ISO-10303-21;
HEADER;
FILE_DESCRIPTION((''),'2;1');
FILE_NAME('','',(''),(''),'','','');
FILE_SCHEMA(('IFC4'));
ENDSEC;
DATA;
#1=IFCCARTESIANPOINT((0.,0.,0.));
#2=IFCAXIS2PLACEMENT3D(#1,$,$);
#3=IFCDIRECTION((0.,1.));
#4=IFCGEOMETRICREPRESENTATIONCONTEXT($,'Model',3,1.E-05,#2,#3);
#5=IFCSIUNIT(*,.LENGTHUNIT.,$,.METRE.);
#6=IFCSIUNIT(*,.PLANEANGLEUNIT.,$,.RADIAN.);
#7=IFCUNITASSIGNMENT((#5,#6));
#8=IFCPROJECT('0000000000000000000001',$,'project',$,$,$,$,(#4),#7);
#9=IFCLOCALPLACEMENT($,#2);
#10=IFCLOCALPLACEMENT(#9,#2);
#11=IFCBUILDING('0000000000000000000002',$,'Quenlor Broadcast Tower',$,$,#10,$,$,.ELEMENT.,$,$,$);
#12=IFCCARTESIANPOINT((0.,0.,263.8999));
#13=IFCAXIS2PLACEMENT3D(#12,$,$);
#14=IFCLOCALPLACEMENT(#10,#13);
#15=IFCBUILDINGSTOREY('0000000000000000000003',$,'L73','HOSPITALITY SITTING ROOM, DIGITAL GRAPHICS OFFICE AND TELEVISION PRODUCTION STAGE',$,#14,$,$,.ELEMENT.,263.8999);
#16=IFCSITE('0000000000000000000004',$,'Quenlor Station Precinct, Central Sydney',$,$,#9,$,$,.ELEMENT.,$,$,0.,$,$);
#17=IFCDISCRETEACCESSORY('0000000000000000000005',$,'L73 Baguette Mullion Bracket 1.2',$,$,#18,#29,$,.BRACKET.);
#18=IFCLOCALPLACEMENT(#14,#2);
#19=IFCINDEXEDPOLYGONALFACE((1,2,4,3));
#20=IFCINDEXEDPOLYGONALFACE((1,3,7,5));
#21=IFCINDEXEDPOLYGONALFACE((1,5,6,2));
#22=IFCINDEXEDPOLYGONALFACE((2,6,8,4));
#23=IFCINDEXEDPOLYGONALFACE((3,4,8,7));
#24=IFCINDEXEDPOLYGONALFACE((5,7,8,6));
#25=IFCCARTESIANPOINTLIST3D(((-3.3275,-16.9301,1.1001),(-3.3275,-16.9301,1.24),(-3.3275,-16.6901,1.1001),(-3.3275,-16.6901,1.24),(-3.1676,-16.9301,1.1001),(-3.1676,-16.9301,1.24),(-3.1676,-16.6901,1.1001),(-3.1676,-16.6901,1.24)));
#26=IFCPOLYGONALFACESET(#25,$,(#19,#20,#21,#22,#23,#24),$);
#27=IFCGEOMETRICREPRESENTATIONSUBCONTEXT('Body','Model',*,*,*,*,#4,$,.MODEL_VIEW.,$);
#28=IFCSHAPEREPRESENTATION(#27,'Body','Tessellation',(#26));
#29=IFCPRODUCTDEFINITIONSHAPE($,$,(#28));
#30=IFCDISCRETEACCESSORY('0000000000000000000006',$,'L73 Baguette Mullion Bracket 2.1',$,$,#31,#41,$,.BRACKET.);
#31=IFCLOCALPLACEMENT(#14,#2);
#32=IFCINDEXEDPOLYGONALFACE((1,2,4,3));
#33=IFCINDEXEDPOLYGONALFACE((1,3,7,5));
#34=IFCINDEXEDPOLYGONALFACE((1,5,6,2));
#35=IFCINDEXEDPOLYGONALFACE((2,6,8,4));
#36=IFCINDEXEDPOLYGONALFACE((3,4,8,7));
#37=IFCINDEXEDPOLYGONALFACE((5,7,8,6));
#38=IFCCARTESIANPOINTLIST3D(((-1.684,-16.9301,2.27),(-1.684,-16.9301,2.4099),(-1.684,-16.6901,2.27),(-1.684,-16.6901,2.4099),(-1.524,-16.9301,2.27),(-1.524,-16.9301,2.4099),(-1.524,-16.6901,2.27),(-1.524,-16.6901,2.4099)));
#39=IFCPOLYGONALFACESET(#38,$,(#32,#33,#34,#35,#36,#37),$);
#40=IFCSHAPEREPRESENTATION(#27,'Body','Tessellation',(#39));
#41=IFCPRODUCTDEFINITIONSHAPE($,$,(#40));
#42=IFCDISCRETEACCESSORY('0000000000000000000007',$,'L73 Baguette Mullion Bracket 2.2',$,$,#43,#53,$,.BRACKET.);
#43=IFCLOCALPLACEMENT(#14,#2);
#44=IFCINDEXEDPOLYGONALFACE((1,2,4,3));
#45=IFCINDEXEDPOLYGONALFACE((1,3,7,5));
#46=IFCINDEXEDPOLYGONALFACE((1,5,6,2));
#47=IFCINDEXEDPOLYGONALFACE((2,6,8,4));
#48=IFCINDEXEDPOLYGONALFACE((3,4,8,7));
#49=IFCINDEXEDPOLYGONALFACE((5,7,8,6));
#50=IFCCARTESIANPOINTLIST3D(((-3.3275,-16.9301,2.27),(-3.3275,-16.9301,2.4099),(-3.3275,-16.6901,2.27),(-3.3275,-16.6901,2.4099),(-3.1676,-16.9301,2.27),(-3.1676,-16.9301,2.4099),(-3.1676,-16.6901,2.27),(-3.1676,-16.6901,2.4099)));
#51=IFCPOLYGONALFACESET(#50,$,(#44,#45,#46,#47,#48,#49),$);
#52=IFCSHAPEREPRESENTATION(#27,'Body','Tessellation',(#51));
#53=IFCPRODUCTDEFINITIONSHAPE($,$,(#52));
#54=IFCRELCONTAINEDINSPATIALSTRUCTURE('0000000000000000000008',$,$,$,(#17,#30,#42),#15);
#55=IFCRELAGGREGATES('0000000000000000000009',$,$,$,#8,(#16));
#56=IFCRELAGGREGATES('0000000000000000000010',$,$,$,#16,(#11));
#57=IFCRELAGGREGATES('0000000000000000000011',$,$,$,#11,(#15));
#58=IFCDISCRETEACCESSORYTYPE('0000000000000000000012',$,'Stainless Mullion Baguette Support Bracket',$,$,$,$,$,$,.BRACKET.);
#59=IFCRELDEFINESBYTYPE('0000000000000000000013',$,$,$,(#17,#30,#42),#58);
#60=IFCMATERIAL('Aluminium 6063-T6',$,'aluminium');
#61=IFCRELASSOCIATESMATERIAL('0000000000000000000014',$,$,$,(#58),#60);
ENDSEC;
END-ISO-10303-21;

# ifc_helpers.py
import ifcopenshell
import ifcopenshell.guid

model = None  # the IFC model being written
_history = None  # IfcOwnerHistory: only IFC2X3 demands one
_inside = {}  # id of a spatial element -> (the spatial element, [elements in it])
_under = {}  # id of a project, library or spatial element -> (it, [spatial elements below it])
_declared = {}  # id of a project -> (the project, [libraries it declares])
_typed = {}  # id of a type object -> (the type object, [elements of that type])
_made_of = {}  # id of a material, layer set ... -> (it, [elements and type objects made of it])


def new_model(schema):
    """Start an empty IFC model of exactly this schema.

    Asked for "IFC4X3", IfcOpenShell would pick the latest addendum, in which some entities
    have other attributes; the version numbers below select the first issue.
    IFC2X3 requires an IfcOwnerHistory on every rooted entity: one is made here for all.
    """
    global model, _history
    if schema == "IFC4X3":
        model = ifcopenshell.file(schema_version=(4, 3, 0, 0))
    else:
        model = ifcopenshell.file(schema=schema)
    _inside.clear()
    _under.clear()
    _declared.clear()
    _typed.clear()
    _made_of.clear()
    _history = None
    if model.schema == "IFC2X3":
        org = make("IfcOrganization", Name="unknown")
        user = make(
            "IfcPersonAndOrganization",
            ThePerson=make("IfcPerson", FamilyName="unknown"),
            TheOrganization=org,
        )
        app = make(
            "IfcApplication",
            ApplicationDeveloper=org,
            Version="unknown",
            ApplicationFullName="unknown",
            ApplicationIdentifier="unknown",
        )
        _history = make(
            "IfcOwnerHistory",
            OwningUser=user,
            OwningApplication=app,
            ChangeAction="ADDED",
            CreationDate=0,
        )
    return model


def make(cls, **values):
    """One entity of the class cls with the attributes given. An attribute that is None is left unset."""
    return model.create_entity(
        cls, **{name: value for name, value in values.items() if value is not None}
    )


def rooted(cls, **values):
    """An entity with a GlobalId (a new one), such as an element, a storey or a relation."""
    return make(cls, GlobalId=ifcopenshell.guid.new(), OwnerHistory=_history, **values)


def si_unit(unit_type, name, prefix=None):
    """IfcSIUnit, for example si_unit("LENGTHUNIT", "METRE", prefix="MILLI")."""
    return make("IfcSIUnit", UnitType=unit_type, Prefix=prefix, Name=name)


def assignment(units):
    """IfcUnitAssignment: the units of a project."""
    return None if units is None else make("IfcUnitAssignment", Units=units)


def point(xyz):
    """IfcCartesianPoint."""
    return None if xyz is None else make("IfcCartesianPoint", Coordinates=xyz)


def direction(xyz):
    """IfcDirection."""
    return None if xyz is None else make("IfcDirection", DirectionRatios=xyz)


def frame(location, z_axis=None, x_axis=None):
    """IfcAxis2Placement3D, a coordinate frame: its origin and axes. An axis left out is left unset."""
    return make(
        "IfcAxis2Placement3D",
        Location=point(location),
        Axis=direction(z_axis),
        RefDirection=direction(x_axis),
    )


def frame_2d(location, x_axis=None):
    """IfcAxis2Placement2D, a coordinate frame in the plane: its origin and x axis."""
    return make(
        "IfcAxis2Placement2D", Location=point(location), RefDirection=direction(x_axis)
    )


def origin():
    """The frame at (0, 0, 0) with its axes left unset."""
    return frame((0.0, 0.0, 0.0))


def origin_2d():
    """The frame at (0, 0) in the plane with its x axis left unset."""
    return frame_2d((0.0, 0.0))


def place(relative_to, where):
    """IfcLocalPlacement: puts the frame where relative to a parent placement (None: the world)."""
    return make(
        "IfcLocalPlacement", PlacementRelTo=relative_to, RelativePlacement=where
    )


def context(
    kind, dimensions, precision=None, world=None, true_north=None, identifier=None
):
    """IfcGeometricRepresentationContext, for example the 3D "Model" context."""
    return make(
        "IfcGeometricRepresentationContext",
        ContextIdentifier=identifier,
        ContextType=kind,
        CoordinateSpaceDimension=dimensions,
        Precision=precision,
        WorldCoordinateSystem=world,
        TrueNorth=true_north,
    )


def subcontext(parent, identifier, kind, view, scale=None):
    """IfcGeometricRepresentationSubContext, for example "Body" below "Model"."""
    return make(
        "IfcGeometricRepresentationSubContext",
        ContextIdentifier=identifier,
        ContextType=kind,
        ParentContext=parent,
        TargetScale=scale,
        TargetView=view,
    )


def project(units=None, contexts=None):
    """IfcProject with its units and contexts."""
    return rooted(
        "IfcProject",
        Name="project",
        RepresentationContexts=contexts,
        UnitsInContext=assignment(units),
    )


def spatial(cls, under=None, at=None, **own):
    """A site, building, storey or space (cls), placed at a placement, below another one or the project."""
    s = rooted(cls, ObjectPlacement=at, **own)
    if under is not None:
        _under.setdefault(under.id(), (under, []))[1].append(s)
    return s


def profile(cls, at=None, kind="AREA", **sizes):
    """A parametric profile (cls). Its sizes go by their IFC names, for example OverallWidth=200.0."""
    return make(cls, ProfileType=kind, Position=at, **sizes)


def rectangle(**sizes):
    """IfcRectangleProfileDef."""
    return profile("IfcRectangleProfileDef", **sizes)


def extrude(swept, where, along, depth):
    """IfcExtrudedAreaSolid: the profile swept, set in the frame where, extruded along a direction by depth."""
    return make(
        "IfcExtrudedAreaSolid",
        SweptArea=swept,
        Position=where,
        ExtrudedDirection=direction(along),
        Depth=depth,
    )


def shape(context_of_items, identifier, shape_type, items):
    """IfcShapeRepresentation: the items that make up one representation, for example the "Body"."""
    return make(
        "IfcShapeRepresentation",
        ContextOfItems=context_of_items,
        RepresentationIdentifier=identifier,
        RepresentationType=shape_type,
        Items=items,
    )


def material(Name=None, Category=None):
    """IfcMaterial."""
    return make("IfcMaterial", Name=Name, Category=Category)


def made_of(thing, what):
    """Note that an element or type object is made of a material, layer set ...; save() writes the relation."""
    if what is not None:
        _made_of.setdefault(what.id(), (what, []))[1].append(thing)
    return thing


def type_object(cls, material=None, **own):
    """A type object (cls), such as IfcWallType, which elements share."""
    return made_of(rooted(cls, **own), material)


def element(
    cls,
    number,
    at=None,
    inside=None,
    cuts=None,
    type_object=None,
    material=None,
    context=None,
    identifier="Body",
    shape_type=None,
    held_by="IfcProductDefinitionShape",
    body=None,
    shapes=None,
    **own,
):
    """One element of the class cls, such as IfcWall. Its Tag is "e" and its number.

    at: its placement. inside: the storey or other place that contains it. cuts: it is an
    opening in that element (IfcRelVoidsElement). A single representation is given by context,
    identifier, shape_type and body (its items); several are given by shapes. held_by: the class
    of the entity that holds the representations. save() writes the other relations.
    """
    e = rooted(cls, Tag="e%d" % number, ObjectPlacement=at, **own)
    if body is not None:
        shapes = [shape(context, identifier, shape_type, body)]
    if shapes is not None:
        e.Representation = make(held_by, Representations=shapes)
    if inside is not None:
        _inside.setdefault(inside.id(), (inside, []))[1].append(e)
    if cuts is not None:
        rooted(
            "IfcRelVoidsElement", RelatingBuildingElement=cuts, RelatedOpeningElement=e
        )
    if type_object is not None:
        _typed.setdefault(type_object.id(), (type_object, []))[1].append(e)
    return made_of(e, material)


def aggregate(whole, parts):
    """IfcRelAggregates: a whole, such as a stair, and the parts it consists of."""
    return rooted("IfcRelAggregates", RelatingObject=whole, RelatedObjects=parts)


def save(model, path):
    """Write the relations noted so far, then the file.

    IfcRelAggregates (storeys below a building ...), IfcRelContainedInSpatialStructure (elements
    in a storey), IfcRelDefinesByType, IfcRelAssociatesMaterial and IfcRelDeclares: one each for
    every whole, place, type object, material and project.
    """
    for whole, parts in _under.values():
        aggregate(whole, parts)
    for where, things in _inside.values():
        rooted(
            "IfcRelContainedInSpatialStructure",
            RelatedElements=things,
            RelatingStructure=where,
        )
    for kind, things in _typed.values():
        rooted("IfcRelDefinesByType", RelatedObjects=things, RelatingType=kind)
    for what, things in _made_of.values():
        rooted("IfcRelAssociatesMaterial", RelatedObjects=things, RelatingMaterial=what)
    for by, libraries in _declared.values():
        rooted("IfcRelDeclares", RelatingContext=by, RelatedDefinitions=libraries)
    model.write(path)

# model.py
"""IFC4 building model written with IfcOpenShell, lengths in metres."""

from ifc_helpers import new_model, si_unit, direction, frame, origin, origin_2d, place, context, subcontext, project, spatial, rectangle, extrude, material, type_object, element, save


model = new_model("IFC4")

# Units and contexts
model_context = context("Model", 3, precision=1e-05, world=origin(), true_north=direction((0.0, 1.0)))
body_context = subcontext(model_context, "Body", "Model", "MODEL_VIEW")
ifc_project = project(units=[si_unit("LENGTHUNIT", "METRE"), si_unit("PLANEANGLEUNIT", "RADIAN")], contexts=[model_context])

# Site, building, storey
site_placement = place(None, origin())
site = spatial("IfcSite", under=ifc_project, at=site_placement, Name="Quenlor Station Precinct, Central Sydney", CompositionType="ELEMENT", RefElevation=0.0)
building_placement = place(site_placement, origin())
building = spatial("IfcBuilding", under=site, at=building_placement, Name="Quenlor Broadcast Tower", CompositionType="ELEMENT")
storey_placement = place(building_placement, frame((0.0, 0.0, 263.8999)))
storey = spatial("IfcBuildingStorey", under=building, at=storey_placement, Name="L73", Description="HOSPITALITY SITTING ROOM, DIGITAL GRAPHICS OFFICE AND TELEVISION PRODUCTION STAGE", CompositionType="ELEMENT", Elevation=263.8999)

# Discrete accessories
ifc_material_1 = material(Name="Aluminium 6063-T6", Category="aluminium")
discrete_accessory_type = type_object("IfcDiscreteAccessoryType", Name="Stainless Mullion Baguette Support Bracket", PredefinedType="BRACKET", material=ifc_material_1)
for number, where, z_axis, x_axis, name in (
    (1, (-3.2476, -16.8101, 1.1001), (0.0, 0.0, 1.0), (-1.0, 0.0, 0.0), "L73 Baguette Mullion Bracket 1.2"),
    (2, (-1.604, -16.8101, 2.27), (0.0, 0.0, 1.0), (-1.0, 0.0, 0.0), "L73 Baguette Mullion Bracket 2.1"),
    (3, (-3.2476, -16.8101, 2.27), (0.0, 0.0, 1.0), (-1.0, 0.0, 0.0), "L73 Baguette Mullion Bracket 2.2"),
):
    element("IfcDiscreteAccessory", number, at=place(storey_placement, frame(where, z_axis=z_axis, x_axis=x_axis)), inside=storey, type_object=discrete_accessory_type, Name=name, PredefinedType="BRACKET", context=body_context, shape_type="SweptSolid", body=[
        extrude(rectangle(XDim=0.1599, YDim=0.24, at=origin_2d()), origin(), (0.0, 0.0, 1.0), 0.1399),
    ])

save(model, "model.ifc")
